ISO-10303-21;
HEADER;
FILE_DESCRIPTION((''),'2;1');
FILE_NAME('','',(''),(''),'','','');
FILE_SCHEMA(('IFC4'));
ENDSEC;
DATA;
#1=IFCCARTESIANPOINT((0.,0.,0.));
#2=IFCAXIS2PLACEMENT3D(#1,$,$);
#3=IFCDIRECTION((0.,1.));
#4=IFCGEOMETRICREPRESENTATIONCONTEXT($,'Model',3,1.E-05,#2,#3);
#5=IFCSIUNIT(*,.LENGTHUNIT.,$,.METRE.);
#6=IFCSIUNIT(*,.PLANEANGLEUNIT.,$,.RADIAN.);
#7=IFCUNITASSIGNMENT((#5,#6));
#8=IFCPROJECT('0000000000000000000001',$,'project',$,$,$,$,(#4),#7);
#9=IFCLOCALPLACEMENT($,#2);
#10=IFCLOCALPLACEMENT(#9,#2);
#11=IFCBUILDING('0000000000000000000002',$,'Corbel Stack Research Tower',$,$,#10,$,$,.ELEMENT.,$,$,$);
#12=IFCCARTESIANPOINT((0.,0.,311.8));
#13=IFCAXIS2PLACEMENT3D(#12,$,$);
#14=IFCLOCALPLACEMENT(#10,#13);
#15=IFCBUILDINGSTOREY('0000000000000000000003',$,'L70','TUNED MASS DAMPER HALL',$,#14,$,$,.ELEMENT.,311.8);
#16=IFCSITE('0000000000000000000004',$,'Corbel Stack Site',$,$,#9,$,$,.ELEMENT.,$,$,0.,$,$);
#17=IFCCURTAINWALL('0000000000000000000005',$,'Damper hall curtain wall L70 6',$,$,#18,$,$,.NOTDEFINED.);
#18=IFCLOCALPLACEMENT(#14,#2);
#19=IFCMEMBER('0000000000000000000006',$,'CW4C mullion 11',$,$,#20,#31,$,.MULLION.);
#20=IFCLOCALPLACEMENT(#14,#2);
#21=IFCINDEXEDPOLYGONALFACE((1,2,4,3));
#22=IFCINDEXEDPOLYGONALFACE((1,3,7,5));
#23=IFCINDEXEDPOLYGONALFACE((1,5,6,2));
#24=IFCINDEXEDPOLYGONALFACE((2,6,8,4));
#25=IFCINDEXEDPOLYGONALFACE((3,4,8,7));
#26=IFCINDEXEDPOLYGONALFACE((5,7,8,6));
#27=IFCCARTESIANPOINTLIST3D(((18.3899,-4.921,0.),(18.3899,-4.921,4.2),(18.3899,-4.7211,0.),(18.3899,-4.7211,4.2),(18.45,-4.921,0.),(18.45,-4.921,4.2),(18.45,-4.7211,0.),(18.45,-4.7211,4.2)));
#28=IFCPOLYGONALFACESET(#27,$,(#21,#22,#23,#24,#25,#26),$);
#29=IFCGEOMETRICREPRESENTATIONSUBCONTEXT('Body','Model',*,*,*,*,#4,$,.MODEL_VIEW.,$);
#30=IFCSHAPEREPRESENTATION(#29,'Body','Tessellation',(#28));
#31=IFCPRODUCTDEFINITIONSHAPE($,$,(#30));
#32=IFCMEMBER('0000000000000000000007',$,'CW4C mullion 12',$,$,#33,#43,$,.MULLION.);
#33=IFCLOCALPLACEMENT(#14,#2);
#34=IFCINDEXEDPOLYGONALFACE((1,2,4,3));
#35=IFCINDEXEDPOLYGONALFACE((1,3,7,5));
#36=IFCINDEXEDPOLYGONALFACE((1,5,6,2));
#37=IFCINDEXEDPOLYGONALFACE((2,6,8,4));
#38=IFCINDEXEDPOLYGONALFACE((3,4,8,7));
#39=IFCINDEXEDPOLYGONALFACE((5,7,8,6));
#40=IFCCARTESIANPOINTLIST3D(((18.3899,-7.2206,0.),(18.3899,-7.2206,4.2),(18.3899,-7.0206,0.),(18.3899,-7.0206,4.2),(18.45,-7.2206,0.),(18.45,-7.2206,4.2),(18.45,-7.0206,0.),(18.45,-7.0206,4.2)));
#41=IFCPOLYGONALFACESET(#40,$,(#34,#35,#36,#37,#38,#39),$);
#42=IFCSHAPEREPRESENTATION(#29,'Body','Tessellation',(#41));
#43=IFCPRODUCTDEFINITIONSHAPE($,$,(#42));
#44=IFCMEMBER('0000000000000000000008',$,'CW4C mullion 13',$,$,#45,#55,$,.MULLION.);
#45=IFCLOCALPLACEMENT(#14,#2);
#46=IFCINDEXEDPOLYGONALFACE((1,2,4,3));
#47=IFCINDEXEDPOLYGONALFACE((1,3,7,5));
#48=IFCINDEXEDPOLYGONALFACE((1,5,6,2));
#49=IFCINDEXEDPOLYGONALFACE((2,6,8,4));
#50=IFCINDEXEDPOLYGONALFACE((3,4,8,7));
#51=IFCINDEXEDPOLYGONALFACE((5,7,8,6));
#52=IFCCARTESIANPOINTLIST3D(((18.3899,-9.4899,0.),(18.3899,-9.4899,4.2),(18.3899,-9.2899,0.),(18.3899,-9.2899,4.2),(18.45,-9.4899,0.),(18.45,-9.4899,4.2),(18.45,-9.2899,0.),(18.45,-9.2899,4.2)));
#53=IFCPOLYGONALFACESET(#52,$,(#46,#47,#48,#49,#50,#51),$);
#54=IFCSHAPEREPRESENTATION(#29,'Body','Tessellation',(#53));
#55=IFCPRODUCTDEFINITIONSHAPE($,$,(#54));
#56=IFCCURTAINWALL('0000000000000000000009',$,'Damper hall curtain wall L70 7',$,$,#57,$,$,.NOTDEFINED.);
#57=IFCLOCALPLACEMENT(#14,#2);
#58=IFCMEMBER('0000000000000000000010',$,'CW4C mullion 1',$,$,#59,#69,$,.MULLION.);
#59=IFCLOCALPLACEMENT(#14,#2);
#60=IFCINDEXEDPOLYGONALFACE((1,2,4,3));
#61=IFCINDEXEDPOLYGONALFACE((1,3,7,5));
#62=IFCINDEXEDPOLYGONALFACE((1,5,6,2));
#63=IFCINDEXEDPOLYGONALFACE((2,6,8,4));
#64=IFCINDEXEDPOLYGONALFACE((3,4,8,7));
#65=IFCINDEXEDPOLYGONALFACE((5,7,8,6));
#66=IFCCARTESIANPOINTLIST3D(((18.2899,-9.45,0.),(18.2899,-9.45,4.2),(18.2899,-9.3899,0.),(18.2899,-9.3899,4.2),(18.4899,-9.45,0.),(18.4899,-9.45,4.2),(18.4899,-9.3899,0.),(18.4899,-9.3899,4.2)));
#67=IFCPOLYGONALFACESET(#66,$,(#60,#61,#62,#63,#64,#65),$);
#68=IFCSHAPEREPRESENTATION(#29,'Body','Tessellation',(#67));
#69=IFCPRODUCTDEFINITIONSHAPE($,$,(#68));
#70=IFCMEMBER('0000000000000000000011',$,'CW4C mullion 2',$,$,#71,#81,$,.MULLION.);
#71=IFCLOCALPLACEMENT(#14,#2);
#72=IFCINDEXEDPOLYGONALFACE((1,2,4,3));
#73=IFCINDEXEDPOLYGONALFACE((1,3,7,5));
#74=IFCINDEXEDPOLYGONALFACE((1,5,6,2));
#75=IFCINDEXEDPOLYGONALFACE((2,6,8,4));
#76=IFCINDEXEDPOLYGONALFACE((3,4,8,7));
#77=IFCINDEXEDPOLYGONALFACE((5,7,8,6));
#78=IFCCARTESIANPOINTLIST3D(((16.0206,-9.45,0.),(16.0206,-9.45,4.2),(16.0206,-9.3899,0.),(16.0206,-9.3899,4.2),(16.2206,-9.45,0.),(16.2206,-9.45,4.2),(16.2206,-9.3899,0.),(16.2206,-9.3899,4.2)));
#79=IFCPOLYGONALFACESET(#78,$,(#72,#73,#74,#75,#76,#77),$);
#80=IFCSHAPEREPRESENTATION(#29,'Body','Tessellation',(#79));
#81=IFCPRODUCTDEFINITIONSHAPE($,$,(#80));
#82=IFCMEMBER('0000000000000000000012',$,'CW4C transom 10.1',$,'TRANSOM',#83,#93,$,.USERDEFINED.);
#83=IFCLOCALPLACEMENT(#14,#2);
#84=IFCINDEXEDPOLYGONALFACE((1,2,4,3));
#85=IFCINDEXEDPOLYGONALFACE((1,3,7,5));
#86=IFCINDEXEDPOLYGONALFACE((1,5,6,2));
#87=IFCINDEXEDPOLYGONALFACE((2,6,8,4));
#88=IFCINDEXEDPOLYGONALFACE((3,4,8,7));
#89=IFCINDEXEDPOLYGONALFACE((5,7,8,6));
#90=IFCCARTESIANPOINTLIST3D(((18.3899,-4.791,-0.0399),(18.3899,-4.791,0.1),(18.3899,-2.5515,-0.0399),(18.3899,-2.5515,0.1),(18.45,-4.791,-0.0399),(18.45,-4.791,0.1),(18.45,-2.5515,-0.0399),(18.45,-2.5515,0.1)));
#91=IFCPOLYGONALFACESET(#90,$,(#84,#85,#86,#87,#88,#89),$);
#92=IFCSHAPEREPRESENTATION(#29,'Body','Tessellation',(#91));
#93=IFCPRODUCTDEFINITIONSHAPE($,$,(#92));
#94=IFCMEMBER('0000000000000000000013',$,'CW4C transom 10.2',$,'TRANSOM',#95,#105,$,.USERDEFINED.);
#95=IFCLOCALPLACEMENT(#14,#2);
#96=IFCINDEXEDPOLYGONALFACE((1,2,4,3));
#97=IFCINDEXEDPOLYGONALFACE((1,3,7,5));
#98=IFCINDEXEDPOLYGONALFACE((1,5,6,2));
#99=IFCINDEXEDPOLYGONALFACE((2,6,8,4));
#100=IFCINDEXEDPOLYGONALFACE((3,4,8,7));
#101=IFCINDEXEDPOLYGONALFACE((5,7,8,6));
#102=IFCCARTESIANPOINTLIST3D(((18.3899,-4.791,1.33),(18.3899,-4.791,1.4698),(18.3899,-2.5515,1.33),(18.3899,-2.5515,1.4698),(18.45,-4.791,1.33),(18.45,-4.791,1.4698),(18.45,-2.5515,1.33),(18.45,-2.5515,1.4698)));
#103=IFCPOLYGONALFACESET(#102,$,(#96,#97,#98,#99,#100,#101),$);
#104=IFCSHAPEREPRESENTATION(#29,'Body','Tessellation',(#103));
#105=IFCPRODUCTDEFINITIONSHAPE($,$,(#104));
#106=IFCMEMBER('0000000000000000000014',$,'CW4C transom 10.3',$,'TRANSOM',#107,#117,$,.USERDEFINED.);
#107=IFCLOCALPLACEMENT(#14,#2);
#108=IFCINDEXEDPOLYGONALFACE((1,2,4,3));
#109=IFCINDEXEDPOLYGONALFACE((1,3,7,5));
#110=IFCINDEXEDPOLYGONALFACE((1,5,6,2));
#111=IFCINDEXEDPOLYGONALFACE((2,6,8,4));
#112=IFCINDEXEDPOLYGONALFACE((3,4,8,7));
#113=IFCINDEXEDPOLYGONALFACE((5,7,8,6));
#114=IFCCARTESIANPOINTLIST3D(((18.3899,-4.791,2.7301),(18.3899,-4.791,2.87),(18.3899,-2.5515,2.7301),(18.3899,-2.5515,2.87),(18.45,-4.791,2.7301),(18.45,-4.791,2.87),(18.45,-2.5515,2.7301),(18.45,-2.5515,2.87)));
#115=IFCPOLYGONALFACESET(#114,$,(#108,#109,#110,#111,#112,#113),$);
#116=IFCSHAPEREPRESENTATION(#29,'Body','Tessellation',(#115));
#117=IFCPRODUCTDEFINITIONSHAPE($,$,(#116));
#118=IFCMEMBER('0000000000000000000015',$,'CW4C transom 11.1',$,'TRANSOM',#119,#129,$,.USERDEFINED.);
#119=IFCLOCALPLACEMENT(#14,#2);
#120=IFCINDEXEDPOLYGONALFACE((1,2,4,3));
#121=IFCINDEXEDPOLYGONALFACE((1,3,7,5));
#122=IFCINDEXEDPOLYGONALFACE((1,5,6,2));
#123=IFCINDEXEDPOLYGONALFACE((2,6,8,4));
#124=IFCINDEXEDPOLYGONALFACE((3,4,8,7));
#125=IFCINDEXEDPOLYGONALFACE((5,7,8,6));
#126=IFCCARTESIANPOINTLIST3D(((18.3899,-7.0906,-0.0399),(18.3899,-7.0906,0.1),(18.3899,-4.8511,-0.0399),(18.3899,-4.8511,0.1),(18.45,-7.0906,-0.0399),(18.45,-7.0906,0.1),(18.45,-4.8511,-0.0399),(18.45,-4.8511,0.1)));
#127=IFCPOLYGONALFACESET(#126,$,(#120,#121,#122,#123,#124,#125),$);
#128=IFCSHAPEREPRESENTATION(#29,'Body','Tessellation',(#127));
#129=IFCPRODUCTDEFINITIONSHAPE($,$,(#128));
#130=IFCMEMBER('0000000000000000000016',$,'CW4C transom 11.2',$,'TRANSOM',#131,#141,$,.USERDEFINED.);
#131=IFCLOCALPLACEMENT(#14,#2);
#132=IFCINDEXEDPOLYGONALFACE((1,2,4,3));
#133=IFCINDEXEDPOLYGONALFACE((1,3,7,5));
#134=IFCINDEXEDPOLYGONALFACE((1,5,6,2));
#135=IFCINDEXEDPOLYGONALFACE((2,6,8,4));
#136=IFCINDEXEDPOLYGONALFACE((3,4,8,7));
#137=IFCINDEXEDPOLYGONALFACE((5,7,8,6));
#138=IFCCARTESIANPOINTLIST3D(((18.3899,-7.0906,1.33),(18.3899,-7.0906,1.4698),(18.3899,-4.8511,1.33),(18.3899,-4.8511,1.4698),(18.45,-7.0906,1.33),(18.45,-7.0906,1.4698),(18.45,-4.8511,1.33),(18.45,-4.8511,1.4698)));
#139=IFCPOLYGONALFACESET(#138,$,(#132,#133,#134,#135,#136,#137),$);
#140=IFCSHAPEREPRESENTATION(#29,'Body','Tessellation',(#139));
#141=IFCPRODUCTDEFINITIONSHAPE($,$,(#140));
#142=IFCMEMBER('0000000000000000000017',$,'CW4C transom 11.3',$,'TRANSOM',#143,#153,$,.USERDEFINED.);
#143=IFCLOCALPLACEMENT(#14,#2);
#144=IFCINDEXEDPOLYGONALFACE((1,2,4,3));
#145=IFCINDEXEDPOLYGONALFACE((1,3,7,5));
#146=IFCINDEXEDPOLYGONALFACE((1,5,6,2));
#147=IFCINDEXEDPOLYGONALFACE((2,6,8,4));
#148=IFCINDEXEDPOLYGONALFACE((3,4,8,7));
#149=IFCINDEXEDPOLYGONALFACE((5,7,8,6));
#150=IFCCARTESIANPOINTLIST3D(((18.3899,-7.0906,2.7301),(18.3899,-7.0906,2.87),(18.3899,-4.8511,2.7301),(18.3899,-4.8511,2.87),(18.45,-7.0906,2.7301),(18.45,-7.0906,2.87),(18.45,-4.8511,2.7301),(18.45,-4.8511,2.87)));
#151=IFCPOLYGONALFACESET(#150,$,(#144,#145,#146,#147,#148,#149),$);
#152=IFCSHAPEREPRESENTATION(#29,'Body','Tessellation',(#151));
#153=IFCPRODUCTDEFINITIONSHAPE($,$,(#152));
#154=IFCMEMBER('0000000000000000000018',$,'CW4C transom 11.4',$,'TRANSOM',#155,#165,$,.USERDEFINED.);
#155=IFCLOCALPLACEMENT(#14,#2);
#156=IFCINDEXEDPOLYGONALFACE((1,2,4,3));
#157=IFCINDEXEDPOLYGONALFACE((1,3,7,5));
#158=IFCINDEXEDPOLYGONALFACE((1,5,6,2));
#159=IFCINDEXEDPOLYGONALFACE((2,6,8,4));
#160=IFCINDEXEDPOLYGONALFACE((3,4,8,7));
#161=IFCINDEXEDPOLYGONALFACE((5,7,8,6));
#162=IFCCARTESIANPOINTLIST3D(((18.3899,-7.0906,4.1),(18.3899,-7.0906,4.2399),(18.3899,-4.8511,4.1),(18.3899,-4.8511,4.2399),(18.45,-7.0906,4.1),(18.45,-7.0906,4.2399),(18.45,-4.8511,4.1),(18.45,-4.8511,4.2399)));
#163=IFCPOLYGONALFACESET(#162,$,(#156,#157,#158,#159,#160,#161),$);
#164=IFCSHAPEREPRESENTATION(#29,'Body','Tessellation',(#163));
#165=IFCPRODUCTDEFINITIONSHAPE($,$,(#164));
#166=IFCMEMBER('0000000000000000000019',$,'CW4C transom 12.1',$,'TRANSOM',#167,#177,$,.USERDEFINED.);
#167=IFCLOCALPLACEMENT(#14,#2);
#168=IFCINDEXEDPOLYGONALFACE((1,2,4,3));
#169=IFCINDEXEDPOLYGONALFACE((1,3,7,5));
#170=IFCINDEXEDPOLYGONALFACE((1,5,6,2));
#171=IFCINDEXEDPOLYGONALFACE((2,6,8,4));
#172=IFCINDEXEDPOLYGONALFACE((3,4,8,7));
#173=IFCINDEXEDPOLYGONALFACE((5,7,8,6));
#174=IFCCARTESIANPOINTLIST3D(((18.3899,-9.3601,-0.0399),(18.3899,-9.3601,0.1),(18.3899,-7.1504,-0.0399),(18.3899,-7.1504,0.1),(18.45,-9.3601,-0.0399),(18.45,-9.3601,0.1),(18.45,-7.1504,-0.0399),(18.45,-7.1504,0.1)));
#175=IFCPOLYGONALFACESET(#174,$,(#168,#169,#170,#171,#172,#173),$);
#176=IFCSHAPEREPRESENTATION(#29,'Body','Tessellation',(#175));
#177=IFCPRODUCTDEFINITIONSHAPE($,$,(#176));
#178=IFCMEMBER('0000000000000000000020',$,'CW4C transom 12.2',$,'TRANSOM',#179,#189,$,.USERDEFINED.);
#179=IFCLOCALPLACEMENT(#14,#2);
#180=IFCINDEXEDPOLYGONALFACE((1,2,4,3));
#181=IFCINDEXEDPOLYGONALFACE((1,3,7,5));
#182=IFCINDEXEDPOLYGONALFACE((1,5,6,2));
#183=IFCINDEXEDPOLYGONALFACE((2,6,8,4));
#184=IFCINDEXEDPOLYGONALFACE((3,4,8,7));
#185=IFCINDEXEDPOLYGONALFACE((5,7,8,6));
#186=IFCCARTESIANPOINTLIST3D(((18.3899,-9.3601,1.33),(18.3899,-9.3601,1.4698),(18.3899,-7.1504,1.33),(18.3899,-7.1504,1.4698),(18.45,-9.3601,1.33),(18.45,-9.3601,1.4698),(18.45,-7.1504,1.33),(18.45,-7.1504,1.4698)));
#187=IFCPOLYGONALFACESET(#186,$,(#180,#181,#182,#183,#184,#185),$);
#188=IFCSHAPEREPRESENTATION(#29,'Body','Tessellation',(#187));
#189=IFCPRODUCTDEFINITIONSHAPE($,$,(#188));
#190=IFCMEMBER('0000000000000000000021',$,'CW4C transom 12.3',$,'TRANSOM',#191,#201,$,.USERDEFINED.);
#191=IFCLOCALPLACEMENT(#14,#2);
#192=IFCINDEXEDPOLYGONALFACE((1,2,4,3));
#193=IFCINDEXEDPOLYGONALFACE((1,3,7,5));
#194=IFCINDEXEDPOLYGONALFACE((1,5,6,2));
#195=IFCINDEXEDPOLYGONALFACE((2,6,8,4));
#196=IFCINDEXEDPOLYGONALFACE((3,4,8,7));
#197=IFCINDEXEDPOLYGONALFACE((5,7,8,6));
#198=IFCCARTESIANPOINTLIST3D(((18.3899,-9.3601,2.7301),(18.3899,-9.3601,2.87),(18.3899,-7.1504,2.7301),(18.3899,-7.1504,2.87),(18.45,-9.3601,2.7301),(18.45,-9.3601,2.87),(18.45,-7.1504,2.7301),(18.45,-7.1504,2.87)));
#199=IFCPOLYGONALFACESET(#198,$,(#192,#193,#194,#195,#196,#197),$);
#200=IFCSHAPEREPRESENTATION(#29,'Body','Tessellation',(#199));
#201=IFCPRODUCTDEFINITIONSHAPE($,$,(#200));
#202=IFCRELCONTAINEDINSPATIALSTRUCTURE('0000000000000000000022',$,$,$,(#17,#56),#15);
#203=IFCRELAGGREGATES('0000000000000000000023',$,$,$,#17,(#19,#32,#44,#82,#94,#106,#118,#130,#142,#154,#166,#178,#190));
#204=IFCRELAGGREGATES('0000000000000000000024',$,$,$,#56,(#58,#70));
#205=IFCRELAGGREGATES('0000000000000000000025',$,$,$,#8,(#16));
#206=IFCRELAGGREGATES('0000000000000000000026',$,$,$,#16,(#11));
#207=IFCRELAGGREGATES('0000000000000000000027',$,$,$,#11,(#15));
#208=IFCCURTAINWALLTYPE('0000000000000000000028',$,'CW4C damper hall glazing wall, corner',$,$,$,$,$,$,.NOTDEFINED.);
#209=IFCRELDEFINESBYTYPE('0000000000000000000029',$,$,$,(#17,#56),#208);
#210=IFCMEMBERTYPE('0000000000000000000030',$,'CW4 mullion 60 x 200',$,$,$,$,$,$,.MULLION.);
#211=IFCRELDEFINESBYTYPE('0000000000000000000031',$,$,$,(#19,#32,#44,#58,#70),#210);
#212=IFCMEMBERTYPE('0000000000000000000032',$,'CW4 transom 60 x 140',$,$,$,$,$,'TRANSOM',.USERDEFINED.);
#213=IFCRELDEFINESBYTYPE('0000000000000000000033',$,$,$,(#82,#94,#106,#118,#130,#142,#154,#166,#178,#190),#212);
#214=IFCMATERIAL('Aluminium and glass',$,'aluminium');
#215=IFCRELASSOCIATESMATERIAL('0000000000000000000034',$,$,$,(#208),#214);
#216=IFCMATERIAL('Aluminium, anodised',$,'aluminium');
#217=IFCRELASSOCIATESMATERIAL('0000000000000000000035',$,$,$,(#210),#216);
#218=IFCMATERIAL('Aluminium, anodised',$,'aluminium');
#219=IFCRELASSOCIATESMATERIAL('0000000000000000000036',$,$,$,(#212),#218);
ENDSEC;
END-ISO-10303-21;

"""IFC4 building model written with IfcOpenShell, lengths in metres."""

from ifc_helpers import new_model, si_unit, direction, frame, origin, origin_2d, place, context, subcontext, project, spatial, rectangle, extrude, material, material_profile, profile_set, type_object, element, aggregate, save


model = new_model("IFC4")

# Units and contexts
model_context = context("Model", 3, precision=1e-05, world=origin(), true_north=direction((0.0, 1.0)))
body_context = subcontext(model_context, "Body", "Model", "MODEL_VIEW")
ifc_project = project(units=[si_unit("LENGTHUNIT", "METRE"), si_unit("PLANEANGLEUNIT", "RADIAN")], contexts=[model_context])

# Site, building, storey
site_placement = place(None, origin())
site = spatial("IfcSite", under=ifc_project, at=site_placement, Name="Corbel Stack Site", CompositionType="ELEMENT", RefElevation=0.0)
building_placement = place(site_placement, origin())
building = spatial("IfcBuilding", under=site, at=building_placement, Name="Corbel Stack Research Tower", CompositionType="ELEMENT")
storey_placement = place(building_placement, frame((0.0, 0.0, 311.8)))
storey = spatial("IfcBuildingStorey", under=building, at=storey_placement, Name="L70", Description="TUNED MASS DAMPER HALL", CompositionType="ELEMENT", Elevation=311.8)

# Curtain walls, members
ifc_material_1 = material(Name="Aluminium and glass", Category="aluminium")
curtain_wall_type = type_object("IfcCurtainWallType", Name="CW4C damper hall glazing wall, corner", PredefinedType="NOTDEFINED", material=ifc_material_1)
curtain_wall_1_placement = place(storey_placement, origin())
curtain_wall_1 = element("IfcCurtainWall", 1, at=curtain_wall_1_placement, inside=storey, type_object=curtain_wall_type, Name="Damper hall curtain wall L70 6", PredefinedType="NOTDEFINED")
ifc_material_2 = material(Name="Aluminium, anodised", Category="aluminium")
ifc_material_profile_1 = material_profile(ifc_material_2, rectangle(XDim=0.0601, YDim=0.2, at=origin_2d()), Name="CW4 mullion 60 x 200")
ifc_profile_set_1 = profile_set([ifc_material_profile_1], Name="Aluminium, anodised")
member_type_1 = type_object("IfcMemberType", Name="CW4 mullion 60 x 200", PredefinedType="MULLION", material=ifc_profile_set_1)
member_1_placement = place(storey_placement, frame((18.4199, -4.821, 0.0), z_axis=(0.0, 0.0, 1.0), x_axis=(1.0, 0.0, 0.0)))
member_1 = element("IfcMember", 2, at=member_1_placement, type_object=member_type_1, Name="CW4C mullion 11", PredefinedType="MULLION", context=body_context, shape_type="SweptSolid", body=[
    extrude(rectangle(XDim=0.0601, YDim=0.2, at=origin_2d()), origin(), (0.0, 0.0, 1.0), 4.2),
])
member_2_placement = place(storey_placement, frame((18.4199, -7.1206, 0.0), z_axis=(0.0, 0.0, 1.0), x_axis=(1.0, 0.0, 0.0)))
member_2 = element("IfcMember", 3, at=member_2_placement, type_object=member_type_1, Name="CW4C mullion 12", PredefinedType="MULLION", context=body_context, shape_type="SweptSolid", body=[
    extrude(rectangle(XDim=0.0601, YDim=0.2, at=origin_2d()), origin(), (0.0, 0.0, 1.0), 4.2),
])
member_3_placement = place(storey_placement, frame((18.4199, -9.3899, 0.0), z_axis=(0.0, 0.0, 1.0), x_axis=(1.0, 0.0, 0.0)))
member_3 = element("IfcMember", 4, at=member_3_placement, type_object=member_type_1, Name="CW4C mullion 13", PredefinedType="MULLION", context=body_context, shape_type="SweptSolid", body=[
    extrude(rectangle(XDim=0.0601, YDim=0.2, at=origin_2d()), origin(), (0.0, 0.0, 1.0), 4.2),
])
curtain_wall_2_placement = place(storey_placement, origin())
curtain_wall_2 = element("IfcCurtainWall", 5, at=curtain_wall_2_placement, inside=storey, type_object=curtain_wall_type, Name="Damper hall curtain wall L70 7", PredefinedType="NOTDEFINED")
member_4_placement = place(storey_placement, frame((18.3899, -9.4199, 0.0), z_axis=(0.0, 0.0, 1.0), x_axis=(0.0, -1.0, 0.0)))
member_4 = element("IfcMember", 6, at=member_4_placement, type_object=member_type_1, Name="CW4C mullion 1", PredefinedType="MULLION", context=body_context, shape_type="SweptSolid", body=[
    extrude(rectangle(XDim=0.0601, YDim=0.2, at=origin_2d()), origin(), (0.0, 0.0, 1.0), 4.2),
])
member_5_placement = place(storey_placement, frame((16.1206, -9.4199, 0.0), z_axis=(0.0, 0.0, 1.0), x_axis=(0.0, -1.0, 0.0)))
member_5 = element("IfcMember", 7, at=member_5_placement, type_object=member_type_1, Name="CW4C mullion 2", PredefinedType="MULLION", context=body_context, shape_type="SweptSolid", body=[
    extrude(rectangle(XDim=0.0601, YDim=0.2, at=origin_2d()), origin(), (0.0, 0.0, 1.0), 4.2),
])

# Members
ifc_material_3 = material(Name="Aluminium, anodised", Category="aluminium")
ifc_material_profile_2 = material_profile(ifc_material_3, rectangle(XDim=0.0601, YDim=0.1399, at=origin_2d()), Name="CW4 transom 60 x 140")
ifc_profile_set_2 = profile_set([ifc_material_profile_2], Name="Aluminium, anodised")
member_type_2 = type_object("IfcMemberType", Name="CW4 transom 60 x 140", ElementType="TRANSOM", PredefinedType="USERDEFINED", material=ifc_profile_set_2)
member_6_placement = place(storey_placement, frame((18.4199, -2.5515, 0.03), z_axis=(0.0, -1.0, 0.0), x_axis=(1.0, 0.0, 0.0)))
member_6 = element("IfcMember", 8, at=member_6_placement, type_object=member_type_2, Name="CW4C transom 10.1", ObjectType="TRANSOM", PredefinedType="USERDEFINED", context=body_context, shape_type="SweptSolid", body=[
    extrude(rectangle(XDim=0.0601, YDim=0.1399, at=origin_2d()), origin(), (0.0, 0.0, 1.0), 2.2395),
])
member_7_placement = place(storey_placement, frame((18.4199, -2.5515, 1.3999), z_axis=(0.0, -1.0, 0.0), x_axis=(1.0, 0.0, 0.0)))
member_7 = element("IfcMember", 9, at=member_7_placement, type_object=member_type_2, Name="CW4C transom 10.2", ObjectType="TRANSOM", PredefinedType="USERDEFINED", context=body_context, shape_type="SweptSolid", body=[
    extrude(rectangle(XDim=0.0601, YDim=0.1399, at=origin_2d()), origin(), (0.0, 0.0, 1.0), 2.2395),
])
member_8_placement = place(storey_placement, frame((18.4199, -2.5515, 2.8), z_axis=(0.0, -1.0, 0.0), x_axis=(1.0, 0.0, 0.0)))
member_8 = element("IfcMember", 10, at=member_8_placement, type_object=member_type_2, Name="CW4C transom 10.3", ObjectType="TRANSOM", PredefinedType="USERDEFINED", context=body_context, shape_type="SweptSolid", body=[
    extrude(rectangle(XDim=0.0601, YDim=0.1399, at=origin_2d()), origin(), (0.0, 0.0, 1.0), 2.2395),
])
member_9_placement = place(storey_placement, frame((18.4199, -4.8511, 0.03), z_axis=(0.0, -1.0, 0.0), x_axis=(1.0, 0.0, 0.0)))
member_9 = element("IfcMember", 11, at=member_9_placement, type_object=member_type_2, Name="CW4C transom 11.1", ObjectType="TRANSOM", PredefinedType="USERDEFINED", context=body_context, shape_type="SweptSolid", body=[
    extrude(rectangle(XDim=0.0601, YDim=0.1399, at=origin_2d()), origin(), (0.0, 0.0, 1.0), 2.2395),
])
member_10_placement = place(storey_placement, frame((18.4199, -4.8511, 1.3999), z_axis=(0.0, -1.0, 0.0), x_axis=(1.0, 0.0, 0.0)))
member_10 = element("IfcMember", 12, at=member_10_placement, type_object=member_type_2, Name="CW4C transom 11.2", ObjectType="TRANSOM", PredefinedType="USERDEFINED", context=body_context, shape_type="SweptSolid", body=[
    extrude(rectangle(XDim=0.0601, YDim=0.1399, at=origin_2d()), origin(), (0.0, 0.0, 1.0), 2.2395),
])
member_11_placement = place(storey_placement, frame((18.4199, -4.8511, 2.8), z_axis=(0.0, -1.0, 0.0), x_axis=(1.0, 0.0, 0.0)))
member_11 = element("IfcMember", 13, at=member_11_placement, type_object=member_type_2, Name="CW4C transom 11.3", ObjectType="TRANSOM", PredefinedType="USERDEFINED", context=body_context, shape_type="SweptSolid", body=[
    extrude(rectangle(XDim=0.0601, YDim=0.1399, at=origin_2d()), origin(), (0.0, 0.0, 1.0), 2.2395),
])
member_12_placement = place(storey_placement, frame((18.4199, -4.8511, 4.1699), z_axis=(0.0, -1.0, 0.0), x_axis=(1.0, 0.0, 0.0)))
member_12 = element("IfcMember", 14, at=member_12_placement, type_object=member_type_2, Name="CW4C transom 11.4", ObjectType="TRANSOM", PredefinedType="USERDEFINED", context=body_context, shape_type="SweptSolid", body=[
    extrude(rectangle(XDim=0.0601, YDim=0.1399, at=origin_2d()), origin(), (0.0, 0.0, 1.0), 2.2395),
])
member_13_placement = place(storey_placement, frame((18.4199, -7.1504, 0.03), z_axis=(0.0, -1.0, 0.0), x_axis=(1.0, 0.0, 0.0)))
member_13 = element("IfcMember", 15, at=member_13_placement, type_object=member_type_2, Name="CW4C transom 12.1", ObjectType="TRANSOM", PredefinedType="USERDEFINED", context=body_context, shape_type="SweptSolid", body=[
    extrude(rectangle(XDim=0.0601, YDim=0.1399, at=origin_2d()), origin(), (0.0, 0.0, 1.0), 2.2097),
])
member_14_placement = place(storey_placement, frame((18.4199, -7.1504, 1.3999), z_axis=(0.0, -1.0, 0.0), x_axis=(1.0, 0.0, 0.0)))
member_14 = element("IfcMember", 16, at=member_14_placement, type_object=member_type_2, Name="CW4C transom 12.2", ObjectType="TRANSOM", PredefinedType="USERDEFINED", context=body_context, shape_type="SweptSolid", body=[
    extrude(rectangle(XDim=0.0601, YDim=0.1399, at=origin_2d()), origin(), (0.0, 0.0, 1.0), 2.2097),
])
member_15_placement = place(storey_placement, frame((18.4199, -7.1504, 2.8), z_axis=(0.0, -1.0, 0.0), x_axis=(1.0, 0.0, 0.0)))
member_15 = element("IfcMember", 17, at=member_15_placement, type_object=member_type_2, Name="CW4C transom 12.3", ObjectType="TRANSOM", PredefinedType="USERDEFINED", context=body_context, shape_type="SweptSolid", body=[
    extrude(rectangle(XDim=0.0601, YDim=0.1399, at=origin_2d()), origin(), (0.0, 0.0, 1.0), 2.2097),
])

aggregate(curtain_wall_1, [member_1, member_2, member_3, member_6, member_7, member_8, member_9, member_10, member_11, member_12, member_13, member_14, member_15])
aggregate(curtain_wall_2, [member_4, member_5])

save(model, "model.ifc")
